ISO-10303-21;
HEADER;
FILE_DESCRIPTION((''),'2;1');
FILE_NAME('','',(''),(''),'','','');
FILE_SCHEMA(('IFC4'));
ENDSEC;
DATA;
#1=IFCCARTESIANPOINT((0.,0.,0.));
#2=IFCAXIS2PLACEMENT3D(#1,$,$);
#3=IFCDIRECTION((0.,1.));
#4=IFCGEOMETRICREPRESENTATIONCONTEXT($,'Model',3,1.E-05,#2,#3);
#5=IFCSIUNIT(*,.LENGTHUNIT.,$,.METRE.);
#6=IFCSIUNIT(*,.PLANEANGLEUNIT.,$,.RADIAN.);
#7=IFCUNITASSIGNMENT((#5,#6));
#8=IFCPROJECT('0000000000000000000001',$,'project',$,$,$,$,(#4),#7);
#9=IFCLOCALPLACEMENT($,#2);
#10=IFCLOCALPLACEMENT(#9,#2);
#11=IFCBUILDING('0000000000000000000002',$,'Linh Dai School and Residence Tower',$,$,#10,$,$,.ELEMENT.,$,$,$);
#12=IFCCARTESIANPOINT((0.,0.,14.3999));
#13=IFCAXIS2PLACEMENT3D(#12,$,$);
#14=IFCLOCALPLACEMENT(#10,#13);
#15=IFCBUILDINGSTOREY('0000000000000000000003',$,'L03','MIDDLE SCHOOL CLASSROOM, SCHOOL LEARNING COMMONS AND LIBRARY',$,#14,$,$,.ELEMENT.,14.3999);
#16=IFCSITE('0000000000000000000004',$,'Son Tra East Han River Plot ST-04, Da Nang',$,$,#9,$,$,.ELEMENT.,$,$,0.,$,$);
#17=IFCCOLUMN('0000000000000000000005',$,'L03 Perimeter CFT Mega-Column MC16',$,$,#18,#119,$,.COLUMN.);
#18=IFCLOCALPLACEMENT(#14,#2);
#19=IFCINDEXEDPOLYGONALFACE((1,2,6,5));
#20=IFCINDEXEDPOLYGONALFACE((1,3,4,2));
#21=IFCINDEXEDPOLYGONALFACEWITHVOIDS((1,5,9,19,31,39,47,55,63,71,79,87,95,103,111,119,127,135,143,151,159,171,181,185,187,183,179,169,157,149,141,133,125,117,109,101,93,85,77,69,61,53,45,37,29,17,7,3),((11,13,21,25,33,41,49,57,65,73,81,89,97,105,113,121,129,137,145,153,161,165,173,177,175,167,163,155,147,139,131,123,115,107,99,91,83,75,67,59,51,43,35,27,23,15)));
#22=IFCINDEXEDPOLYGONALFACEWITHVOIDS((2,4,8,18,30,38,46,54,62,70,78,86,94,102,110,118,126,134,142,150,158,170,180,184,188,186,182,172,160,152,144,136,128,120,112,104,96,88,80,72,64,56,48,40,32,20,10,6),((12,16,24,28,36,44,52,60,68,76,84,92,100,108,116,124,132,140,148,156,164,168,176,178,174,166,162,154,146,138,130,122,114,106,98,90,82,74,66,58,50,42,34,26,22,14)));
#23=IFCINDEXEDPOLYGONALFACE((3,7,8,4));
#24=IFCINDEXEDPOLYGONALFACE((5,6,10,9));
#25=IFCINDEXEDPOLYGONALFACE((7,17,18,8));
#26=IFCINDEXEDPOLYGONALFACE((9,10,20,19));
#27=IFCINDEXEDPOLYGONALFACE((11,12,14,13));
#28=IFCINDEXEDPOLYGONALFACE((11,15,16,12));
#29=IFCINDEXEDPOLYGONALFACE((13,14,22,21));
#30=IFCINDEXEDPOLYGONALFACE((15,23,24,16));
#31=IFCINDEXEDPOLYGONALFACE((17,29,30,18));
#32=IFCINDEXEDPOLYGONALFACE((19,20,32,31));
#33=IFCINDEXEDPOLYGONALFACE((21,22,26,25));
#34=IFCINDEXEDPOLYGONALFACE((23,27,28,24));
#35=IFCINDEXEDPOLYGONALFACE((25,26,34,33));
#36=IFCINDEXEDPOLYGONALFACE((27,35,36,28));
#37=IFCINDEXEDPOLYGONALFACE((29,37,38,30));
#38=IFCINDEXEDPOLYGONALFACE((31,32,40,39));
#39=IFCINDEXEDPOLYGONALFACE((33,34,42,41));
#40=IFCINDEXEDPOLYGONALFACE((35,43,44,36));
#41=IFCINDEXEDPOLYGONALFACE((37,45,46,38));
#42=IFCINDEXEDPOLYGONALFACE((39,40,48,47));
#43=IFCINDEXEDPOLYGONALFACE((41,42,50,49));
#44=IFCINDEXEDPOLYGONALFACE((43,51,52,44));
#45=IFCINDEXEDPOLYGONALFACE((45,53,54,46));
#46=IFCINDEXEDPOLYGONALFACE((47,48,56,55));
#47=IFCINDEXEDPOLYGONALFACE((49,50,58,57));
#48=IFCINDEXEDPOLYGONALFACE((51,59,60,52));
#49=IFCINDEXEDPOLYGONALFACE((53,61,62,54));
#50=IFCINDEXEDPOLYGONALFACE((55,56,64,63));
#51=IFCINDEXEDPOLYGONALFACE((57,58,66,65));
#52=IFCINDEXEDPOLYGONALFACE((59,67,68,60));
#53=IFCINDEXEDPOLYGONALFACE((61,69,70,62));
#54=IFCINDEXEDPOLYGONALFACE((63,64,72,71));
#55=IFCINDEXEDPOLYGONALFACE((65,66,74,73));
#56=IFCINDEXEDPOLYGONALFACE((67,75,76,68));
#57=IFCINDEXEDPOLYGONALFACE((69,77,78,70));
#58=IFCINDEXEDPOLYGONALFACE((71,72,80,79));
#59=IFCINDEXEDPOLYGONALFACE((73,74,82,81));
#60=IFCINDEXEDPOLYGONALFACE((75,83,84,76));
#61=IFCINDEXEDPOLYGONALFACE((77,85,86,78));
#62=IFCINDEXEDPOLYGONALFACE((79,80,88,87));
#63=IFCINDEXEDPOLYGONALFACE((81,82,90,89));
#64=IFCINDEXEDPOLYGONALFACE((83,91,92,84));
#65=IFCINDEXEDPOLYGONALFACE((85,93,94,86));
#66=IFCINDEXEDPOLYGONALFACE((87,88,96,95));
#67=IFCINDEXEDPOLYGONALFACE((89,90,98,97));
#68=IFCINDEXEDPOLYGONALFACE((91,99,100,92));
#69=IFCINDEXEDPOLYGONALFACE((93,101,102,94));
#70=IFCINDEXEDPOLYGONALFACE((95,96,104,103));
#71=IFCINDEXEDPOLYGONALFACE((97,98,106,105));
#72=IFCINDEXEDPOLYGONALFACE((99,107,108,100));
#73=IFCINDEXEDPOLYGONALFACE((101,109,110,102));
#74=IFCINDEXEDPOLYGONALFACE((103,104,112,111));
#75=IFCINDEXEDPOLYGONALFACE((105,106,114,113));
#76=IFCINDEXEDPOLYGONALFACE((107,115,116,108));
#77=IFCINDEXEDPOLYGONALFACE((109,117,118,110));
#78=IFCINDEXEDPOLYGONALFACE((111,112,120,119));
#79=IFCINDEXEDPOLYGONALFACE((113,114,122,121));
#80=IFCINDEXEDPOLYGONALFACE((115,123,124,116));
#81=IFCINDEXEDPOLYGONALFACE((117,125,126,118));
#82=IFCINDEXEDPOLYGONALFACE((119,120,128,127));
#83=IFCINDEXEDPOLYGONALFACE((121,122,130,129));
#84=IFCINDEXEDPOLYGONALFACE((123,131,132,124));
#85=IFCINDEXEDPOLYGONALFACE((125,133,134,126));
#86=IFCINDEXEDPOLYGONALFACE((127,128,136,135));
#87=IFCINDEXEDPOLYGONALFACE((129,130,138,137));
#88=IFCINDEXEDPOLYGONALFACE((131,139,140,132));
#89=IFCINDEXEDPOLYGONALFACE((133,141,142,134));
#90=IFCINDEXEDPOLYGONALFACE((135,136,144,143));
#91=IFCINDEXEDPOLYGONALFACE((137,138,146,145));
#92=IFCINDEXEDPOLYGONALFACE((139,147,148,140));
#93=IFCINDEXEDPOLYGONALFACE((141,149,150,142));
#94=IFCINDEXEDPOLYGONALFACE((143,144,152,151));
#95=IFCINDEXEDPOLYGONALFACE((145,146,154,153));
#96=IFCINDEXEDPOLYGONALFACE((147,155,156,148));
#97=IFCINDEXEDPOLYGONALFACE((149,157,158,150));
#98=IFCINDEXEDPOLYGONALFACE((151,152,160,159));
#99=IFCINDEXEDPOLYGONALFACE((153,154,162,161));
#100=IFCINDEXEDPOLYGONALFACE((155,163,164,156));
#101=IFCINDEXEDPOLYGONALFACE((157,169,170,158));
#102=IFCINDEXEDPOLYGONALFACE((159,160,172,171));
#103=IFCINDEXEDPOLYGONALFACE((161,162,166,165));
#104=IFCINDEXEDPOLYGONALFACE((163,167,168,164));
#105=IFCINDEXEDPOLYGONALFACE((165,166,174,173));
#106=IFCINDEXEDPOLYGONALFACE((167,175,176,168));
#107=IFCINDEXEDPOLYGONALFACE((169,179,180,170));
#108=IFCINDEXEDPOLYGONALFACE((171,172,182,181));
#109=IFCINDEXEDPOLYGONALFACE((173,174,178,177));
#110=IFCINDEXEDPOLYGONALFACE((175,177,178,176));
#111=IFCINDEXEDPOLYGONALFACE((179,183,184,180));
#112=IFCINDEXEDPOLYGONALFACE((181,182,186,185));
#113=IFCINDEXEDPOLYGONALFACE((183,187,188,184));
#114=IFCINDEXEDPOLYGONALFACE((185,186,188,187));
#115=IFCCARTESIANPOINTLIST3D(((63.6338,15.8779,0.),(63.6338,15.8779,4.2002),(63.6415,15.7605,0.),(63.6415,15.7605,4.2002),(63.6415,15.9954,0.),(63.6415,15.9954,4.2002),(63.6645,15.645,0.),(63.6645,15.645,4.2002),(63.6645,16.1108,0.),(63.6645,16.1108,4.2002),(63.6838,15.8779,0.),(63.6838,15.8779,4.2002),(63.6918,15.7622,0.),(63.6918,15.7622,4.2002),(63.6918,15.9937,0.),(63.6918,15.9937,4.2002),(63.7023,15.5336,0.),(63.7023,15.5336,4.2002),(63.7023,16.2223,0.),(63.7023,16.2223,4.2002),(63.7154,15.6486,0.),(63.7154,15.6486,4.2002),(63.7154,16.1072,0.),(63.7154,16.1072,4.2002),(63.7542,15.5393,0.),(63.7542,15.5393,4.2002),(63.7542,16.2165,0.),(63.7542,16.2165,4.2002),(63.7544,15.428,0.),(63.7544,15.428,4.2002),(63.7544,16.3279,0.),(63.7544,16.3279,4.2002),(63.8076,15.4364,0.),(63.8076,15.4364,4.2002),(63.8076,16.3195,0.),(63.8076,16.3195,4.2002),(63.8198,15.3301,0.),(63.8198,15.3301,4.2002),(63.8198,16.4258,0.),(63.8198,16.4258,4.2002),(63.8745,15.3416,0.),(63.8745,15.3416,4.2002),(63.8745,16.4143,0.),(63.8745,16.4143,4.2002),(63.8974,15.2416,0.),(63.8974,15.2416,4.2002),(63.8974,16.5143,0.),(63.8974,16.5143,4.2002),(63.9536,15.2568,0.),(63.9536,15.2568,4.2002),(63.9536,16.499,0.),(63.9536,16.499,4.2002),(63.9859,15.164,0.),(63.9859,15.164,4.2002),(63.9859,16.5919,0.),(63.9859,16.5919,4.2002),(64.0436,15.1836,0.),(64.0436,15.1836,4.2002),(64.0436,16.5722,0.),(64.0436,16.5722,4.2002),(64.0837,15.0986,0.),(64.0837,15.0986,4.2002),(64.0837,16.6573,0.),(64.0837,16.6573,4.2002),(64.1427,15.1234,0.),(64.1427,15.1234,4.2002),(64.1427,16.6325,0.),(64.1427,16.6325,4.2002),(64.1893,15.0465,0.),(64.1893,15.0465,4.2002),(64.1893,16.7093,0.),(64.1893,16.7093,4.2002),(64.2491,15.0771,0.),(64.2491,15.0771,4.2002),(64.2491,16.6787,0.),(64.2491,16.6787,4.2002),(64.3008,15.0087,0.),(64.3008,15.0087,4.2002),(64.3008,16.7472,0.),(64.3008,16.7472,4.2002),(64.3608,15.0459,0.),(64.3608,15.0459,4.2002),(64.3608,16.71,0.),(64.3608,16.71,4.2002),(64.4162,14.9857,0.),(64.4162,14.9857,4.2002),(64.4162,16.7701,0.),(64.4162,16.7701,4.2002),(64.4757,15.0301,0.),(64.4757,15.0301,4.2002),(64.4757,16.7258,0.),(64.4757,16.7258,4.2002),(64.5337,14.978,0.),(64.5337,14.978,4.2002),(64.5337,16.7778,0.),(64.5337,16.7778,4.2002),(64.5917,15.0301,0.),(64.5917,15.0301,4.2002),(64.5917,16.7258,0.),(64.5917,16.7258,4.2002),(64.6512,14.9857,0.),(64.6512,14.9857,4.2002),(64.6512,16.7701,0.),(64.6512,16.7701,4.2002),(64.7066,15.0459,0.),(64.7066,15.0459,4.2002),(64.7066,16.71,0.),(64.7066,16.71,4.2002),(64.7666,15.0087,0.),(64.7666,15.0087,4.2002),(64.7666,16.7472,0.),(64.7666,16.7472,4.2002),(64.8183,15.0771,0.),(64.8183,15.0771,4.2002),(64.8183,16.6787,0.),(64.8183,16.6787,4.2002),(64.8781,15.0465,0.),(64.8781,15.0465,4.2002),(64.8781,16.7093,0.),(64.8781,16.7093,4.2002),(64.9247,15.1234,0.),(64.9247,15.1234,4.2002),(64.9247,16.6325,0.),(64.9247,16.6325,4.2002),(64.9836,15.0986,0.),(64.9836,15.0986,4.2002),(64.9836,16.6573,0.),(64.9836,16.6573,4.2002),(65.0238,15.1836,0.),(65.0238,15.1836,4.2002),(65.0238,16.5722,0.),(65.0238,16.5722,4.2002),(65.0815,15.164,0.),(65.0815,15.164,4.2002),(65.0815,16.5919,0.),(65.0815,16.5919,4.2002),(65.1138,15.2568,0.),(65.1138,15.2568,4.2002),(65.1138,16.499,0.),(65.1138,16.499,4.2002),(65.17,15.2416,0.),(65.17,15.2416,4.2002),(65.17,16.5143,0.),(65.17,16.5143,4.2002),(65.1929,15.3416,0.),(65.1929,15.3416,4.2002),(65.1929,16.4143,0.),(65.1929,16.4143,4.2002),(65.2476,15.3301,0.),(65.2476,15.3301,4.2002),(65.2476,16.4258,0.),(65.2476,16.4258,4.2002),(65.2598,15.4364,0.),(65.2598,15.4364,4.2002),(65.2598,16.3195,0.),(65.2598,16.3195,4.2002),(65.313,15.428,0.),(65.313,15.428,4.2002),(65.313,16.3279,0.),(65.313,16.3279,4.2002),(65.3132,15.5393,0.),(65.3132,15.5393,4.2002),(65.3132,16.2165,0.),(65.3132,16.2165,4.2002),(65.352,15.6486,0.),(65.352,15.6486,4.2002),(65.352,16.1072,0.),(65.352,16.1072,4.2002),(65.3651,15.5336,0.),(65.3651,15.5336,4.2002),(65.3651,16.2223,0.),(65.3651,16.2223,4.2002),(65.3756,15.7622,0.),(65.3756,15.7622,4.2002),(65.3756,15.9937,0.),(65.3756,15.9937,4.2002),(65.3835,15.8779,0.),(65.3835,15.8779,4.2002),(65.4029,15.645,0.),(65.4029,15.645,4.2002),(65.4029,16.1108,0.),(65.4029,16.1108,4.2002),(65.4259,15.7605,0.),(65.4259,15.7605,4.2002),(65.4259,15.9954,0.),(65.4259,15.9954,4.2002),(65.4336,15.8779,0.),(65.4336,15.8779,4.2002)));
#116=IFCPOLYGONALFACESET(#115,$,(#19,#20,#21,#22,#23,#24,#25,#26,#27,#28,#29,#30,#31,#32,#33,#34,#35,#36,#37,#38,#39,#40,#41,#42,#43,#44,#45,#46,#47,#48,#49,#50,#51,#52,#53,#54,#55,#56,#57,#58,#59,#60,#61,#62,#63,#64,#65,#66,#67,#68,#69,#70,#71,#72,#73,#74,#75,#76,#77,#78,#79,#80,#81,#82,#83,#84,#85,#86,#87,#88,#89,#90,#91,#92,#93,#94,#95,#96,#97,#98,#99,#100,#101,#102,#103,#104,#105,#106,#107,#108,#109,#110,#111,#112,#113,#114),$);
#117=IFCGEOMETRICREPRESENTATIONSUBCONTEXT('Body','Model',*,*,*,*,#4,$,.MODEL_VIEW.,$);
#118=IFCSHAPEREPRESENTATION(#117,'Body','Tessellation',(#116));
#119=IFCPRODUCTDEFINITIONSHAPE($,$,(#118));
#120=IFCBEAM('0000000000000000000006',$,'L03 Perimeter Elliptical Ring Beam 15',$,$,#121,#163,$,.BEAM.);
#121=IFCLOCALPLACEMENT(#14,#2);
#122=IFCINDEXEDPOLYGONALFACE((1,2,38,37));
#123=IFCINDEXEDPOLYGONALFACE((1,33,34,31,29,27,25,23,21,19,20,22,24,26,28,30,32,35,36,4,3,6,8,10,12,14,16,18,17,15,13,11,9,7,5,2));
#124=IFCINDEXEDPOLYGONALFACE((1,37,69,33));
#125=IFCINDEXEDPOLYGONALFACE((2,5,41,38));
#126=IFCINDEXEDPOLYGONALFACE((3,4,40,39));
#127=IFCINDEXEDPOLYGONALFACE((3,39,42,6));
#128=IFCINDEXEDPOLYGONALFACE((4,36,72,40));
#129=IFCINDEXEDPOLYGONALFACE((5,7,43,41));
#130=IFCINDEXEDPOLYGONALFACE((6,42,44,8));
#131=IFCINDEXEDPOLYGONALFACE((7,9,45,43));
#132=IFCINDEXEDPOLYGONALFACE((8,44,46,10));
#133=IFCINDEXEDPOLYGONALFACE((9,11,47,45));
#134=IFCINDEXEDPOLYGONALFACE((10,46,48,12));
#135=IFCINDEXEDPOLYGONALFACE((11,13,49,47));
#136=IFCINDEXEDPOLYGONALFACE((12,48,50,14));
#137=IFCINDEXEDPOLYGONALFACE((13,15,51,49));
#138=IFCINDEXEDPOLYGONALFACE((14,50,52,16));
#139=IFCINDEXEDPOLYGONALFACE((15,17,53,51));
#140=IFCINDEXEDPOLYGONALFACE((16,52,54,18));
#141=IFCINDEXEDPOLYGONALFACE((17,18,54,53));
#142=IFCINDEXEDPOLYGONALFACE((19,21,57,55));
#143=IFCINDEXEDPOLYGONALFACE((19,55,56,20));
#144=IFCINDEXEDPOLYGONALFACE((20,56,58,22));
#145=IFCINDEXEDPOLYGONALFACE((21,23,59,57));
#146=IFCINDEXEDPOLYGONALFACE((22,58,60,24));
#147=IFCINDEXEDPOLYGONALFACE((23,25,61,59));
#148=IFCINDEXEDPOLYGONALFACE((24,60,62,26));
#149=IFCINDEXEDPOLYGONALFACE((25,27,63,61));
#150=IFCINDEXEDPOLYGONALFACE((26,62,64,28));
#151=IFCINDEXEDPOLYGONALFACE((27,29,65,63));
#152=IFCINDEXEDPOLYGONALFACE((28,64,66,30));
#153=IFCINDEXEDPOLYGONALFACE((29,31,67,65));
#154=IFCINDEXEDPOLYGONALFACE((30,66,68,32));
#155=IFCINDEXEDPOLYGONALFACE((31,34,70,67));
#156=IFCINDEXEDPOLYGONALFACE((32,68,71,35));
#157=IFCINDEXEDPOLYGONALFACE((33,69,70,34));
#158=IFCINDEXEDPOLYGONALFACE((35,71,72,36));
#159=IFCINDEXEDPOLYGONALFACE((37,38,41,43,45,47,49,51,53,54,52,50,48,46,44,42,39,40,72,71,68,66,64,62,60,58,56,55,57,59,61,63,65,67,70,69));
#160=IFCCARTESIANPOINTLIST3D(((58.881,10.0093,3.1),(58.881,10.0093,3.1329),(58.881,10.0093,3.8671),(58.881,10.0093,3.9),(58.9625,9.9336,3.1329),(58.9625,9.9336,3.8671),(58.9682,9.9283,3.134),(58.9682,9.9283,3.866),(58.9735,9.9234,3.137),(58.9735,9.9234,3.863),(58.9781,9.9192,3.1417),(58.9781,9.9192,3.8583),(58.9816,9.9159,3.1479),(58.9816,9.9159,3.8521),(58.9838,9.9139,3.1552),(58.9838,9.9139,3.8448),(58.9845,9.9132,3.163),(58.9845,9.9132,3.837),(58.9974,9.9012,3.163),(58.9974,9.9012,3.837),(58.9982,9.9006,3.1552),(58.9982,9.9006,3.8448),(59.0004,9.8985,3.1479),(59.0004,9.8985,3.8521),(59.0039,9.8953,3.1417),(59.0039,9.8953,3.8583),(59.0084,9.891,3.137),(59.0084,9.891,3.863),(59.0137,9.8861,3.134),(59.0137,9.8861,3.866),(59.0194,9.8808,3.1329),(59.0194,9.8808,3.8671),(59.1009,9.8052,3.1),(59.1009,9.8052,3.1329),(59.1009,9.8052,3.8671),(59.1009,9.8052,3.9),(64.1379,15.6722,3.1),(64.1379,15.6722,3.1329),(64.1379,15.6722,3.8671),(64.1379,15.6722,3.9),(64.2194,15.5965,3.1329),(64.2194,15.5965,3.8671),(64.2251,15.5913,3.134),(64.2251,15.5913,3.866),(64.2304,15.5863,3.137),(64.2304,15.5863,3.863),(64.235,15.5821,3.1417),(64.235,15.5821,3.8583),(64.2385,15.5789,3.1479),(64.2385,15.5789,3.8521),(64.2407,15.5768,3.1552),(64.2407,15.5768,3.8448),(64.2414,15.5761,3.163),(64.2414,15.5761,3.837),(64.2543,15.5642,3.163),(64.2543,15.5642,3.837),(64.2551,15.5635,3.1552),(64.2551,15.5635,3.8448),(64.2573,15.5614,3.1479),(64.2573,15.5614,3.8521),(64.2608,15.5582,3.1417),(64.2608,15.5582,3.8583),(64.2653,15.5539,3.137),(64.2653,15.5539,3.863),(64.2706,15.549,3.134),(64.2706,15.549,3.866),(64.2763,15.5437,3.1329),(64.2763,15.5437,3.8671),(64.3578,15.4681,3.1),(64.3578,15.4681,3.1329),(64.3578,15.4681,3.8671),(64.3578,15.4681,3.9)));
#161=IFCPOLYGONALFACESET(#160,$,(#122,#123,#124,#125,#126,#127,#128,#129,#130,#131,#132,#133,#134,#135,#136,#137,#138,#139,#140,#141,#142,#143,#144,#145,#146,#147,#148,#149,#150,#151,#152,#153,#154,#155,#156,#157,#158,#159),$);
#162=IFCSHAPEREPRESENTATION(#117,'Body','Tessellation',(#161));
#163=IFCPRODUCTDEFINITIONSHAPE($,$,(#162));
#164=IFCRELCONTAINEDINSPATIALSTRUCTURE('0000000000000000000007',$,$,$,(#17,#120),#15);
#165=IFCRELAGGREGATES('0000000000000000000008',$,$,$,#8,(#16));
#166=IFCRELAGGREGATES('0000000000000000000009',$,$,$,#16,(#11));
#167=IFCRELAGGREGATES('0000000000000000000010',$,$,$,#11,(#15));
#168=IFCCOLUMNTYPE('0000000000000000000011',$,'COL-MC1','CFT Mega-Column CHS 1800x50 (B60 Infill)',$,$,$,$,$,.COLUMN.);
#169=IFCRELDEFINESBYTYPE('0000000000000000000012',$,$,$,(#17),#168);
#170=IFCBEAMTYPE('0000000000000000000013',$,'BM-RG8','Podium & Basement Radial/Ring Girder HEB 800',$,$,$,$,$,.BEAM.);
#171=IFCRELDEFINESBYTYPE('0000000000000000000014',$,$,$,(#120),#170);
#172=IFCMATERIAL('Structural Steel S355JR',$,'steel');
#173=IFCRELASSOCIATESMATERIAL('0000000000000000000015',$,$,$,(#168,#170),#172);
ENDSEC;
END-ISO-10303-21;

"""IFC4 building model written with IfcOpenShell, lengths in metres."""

from ifc_helpers import new_model, si_unit, direction, frame, origin, origin_2d, place, context, subcontext, project, spatial, hollow_circle, i_section, extrude, material, material_profile, profile_set, type_object, element, save


model = new_model("IFC4")

# Units and contexts
model_context = context("Model", 3, precision=1e-05, world=origin(), true_north=direction((0.0, 1.0)))
body_context = subcontext(model_context, "Body", "Model", "MODEL_VIEW")
ifc_project = project(units=[si_unit("LENGTHUNIT", "METRE"), si_unit("PLANEANGLEUNIT", "RADIAN")], contexts=[model_context])

# Site, building, storey
site_placement = place(None, origin())
site = spatial("IfcSite", under=ifc_project, at=site_placement, Name="Son Tra East Han River Plot ST-04, Da Nang", CompositionType="ELEMENT", RefElevation=0.0)
building_placement = place(site_placement, origin())
building = spatial("IfcBuilding", under=site, at=building_placement, Name="Linh Dai School and Residence Tower", CompositionType="ELEMENT")
storey_placement = place(building_placement, frame((0.0, 0.0, 14.3999)))
storey = spatial("IfcBuildingStorey", under=building, at=storey_placement, Name="L03", Description="MIDDLE SCHOOL CLASSROOM, SCHOOL LEARNING COMMONS AND LIBRARY", CompositionType="ELEMENT", Elevation=14.3999)

# Column
ifc_material_1 = material(Name="Structural Steel S355JR", Category="steel")
ifc_material_profile_1 = material_profile(ifc_material_1, hollow_circle(Radius=0.8999, WallThickness=0.05, at=origin_2d()), Name="CHS 1800x50")
ifc_profile_set_1 = profile_set([ifc_material_profile_1], Name="Structural Steel S355JR")
column_type_1 = type_object("IfcColumnType", Name="COL-MC1", Description="CFT Mega-Column CHS 1800x50 (B60 Infill)", PredefinedType="COLUMN", material=ifc_profile_set_1)
for number, where, z_axis, x_axis, name in (
    (1, (64.5337, 15.8779, 0.0), (0.0, 0.0, 1.0), (1.0, 0.0, 0.0), "L03 Perimeter CFT Mega-Column MC16"),
):
    element("IfcColumn", number, at=place(storey_placement, frame(where, z_axis=z_axis, x_axis=x_axis)), inside=storey, type_object=column_type_1, Name=name, PredefinedType="COLUMN", context=body_context, shape_type="SweptSolid", body=[
        extrude(hollow_circle(Radius=0.8999, WallThickness=0.05, at=origin_2d()), origin(), (0.0, 0.0, 1.0), 4.2002),
    ])

# Beam
ifc_material_profile_2 = material_profile(ifc_material_1, i_section(OverallWidth=0.3, OverallDepth=0.8, WebThickness=0.0176, FlangeThickness=0.033, FilletRadius=0.03, at=origin_2d()), Name="HEB 800")
ifc_profile_set_2 = profile_set([ifc_material_profile_2], Name="Structural Steel S355JR")
beam_type = type_object("IfcBeamType", Name="BM-RG8", Description="Podium & Basement Radial/Ring Girder HEB 800", PredefinedType="BEAM", material=ifc_profile_set_2)
beam_1_placement = place(storey_placement, frame((58.991, 9.9072, 3.5), z_axis=(0.680346, 0.732891, 0.0), x_axis=(-0.732891, 0.680346, 0.0)))
element("IfcBeam", 2, at=beam_1_placement, inside=storey, type_object=beam_type, Name="L03 Perimeter Elliptical Ring Beam 15", PredefinedType="BEAM", context=body_context, shape_type="SweptSolid", body=[
    extrude(i_section(OverallWidth=0.3, OverallDepth=0.8, WebThickness=0.0176, FlangeThickness=0.033, FilletRadius=0.03, at=origin_2d()), origin(), (0.0, 0.0, 1.0), 7.7268),
])

save(model, "model.ifc")
